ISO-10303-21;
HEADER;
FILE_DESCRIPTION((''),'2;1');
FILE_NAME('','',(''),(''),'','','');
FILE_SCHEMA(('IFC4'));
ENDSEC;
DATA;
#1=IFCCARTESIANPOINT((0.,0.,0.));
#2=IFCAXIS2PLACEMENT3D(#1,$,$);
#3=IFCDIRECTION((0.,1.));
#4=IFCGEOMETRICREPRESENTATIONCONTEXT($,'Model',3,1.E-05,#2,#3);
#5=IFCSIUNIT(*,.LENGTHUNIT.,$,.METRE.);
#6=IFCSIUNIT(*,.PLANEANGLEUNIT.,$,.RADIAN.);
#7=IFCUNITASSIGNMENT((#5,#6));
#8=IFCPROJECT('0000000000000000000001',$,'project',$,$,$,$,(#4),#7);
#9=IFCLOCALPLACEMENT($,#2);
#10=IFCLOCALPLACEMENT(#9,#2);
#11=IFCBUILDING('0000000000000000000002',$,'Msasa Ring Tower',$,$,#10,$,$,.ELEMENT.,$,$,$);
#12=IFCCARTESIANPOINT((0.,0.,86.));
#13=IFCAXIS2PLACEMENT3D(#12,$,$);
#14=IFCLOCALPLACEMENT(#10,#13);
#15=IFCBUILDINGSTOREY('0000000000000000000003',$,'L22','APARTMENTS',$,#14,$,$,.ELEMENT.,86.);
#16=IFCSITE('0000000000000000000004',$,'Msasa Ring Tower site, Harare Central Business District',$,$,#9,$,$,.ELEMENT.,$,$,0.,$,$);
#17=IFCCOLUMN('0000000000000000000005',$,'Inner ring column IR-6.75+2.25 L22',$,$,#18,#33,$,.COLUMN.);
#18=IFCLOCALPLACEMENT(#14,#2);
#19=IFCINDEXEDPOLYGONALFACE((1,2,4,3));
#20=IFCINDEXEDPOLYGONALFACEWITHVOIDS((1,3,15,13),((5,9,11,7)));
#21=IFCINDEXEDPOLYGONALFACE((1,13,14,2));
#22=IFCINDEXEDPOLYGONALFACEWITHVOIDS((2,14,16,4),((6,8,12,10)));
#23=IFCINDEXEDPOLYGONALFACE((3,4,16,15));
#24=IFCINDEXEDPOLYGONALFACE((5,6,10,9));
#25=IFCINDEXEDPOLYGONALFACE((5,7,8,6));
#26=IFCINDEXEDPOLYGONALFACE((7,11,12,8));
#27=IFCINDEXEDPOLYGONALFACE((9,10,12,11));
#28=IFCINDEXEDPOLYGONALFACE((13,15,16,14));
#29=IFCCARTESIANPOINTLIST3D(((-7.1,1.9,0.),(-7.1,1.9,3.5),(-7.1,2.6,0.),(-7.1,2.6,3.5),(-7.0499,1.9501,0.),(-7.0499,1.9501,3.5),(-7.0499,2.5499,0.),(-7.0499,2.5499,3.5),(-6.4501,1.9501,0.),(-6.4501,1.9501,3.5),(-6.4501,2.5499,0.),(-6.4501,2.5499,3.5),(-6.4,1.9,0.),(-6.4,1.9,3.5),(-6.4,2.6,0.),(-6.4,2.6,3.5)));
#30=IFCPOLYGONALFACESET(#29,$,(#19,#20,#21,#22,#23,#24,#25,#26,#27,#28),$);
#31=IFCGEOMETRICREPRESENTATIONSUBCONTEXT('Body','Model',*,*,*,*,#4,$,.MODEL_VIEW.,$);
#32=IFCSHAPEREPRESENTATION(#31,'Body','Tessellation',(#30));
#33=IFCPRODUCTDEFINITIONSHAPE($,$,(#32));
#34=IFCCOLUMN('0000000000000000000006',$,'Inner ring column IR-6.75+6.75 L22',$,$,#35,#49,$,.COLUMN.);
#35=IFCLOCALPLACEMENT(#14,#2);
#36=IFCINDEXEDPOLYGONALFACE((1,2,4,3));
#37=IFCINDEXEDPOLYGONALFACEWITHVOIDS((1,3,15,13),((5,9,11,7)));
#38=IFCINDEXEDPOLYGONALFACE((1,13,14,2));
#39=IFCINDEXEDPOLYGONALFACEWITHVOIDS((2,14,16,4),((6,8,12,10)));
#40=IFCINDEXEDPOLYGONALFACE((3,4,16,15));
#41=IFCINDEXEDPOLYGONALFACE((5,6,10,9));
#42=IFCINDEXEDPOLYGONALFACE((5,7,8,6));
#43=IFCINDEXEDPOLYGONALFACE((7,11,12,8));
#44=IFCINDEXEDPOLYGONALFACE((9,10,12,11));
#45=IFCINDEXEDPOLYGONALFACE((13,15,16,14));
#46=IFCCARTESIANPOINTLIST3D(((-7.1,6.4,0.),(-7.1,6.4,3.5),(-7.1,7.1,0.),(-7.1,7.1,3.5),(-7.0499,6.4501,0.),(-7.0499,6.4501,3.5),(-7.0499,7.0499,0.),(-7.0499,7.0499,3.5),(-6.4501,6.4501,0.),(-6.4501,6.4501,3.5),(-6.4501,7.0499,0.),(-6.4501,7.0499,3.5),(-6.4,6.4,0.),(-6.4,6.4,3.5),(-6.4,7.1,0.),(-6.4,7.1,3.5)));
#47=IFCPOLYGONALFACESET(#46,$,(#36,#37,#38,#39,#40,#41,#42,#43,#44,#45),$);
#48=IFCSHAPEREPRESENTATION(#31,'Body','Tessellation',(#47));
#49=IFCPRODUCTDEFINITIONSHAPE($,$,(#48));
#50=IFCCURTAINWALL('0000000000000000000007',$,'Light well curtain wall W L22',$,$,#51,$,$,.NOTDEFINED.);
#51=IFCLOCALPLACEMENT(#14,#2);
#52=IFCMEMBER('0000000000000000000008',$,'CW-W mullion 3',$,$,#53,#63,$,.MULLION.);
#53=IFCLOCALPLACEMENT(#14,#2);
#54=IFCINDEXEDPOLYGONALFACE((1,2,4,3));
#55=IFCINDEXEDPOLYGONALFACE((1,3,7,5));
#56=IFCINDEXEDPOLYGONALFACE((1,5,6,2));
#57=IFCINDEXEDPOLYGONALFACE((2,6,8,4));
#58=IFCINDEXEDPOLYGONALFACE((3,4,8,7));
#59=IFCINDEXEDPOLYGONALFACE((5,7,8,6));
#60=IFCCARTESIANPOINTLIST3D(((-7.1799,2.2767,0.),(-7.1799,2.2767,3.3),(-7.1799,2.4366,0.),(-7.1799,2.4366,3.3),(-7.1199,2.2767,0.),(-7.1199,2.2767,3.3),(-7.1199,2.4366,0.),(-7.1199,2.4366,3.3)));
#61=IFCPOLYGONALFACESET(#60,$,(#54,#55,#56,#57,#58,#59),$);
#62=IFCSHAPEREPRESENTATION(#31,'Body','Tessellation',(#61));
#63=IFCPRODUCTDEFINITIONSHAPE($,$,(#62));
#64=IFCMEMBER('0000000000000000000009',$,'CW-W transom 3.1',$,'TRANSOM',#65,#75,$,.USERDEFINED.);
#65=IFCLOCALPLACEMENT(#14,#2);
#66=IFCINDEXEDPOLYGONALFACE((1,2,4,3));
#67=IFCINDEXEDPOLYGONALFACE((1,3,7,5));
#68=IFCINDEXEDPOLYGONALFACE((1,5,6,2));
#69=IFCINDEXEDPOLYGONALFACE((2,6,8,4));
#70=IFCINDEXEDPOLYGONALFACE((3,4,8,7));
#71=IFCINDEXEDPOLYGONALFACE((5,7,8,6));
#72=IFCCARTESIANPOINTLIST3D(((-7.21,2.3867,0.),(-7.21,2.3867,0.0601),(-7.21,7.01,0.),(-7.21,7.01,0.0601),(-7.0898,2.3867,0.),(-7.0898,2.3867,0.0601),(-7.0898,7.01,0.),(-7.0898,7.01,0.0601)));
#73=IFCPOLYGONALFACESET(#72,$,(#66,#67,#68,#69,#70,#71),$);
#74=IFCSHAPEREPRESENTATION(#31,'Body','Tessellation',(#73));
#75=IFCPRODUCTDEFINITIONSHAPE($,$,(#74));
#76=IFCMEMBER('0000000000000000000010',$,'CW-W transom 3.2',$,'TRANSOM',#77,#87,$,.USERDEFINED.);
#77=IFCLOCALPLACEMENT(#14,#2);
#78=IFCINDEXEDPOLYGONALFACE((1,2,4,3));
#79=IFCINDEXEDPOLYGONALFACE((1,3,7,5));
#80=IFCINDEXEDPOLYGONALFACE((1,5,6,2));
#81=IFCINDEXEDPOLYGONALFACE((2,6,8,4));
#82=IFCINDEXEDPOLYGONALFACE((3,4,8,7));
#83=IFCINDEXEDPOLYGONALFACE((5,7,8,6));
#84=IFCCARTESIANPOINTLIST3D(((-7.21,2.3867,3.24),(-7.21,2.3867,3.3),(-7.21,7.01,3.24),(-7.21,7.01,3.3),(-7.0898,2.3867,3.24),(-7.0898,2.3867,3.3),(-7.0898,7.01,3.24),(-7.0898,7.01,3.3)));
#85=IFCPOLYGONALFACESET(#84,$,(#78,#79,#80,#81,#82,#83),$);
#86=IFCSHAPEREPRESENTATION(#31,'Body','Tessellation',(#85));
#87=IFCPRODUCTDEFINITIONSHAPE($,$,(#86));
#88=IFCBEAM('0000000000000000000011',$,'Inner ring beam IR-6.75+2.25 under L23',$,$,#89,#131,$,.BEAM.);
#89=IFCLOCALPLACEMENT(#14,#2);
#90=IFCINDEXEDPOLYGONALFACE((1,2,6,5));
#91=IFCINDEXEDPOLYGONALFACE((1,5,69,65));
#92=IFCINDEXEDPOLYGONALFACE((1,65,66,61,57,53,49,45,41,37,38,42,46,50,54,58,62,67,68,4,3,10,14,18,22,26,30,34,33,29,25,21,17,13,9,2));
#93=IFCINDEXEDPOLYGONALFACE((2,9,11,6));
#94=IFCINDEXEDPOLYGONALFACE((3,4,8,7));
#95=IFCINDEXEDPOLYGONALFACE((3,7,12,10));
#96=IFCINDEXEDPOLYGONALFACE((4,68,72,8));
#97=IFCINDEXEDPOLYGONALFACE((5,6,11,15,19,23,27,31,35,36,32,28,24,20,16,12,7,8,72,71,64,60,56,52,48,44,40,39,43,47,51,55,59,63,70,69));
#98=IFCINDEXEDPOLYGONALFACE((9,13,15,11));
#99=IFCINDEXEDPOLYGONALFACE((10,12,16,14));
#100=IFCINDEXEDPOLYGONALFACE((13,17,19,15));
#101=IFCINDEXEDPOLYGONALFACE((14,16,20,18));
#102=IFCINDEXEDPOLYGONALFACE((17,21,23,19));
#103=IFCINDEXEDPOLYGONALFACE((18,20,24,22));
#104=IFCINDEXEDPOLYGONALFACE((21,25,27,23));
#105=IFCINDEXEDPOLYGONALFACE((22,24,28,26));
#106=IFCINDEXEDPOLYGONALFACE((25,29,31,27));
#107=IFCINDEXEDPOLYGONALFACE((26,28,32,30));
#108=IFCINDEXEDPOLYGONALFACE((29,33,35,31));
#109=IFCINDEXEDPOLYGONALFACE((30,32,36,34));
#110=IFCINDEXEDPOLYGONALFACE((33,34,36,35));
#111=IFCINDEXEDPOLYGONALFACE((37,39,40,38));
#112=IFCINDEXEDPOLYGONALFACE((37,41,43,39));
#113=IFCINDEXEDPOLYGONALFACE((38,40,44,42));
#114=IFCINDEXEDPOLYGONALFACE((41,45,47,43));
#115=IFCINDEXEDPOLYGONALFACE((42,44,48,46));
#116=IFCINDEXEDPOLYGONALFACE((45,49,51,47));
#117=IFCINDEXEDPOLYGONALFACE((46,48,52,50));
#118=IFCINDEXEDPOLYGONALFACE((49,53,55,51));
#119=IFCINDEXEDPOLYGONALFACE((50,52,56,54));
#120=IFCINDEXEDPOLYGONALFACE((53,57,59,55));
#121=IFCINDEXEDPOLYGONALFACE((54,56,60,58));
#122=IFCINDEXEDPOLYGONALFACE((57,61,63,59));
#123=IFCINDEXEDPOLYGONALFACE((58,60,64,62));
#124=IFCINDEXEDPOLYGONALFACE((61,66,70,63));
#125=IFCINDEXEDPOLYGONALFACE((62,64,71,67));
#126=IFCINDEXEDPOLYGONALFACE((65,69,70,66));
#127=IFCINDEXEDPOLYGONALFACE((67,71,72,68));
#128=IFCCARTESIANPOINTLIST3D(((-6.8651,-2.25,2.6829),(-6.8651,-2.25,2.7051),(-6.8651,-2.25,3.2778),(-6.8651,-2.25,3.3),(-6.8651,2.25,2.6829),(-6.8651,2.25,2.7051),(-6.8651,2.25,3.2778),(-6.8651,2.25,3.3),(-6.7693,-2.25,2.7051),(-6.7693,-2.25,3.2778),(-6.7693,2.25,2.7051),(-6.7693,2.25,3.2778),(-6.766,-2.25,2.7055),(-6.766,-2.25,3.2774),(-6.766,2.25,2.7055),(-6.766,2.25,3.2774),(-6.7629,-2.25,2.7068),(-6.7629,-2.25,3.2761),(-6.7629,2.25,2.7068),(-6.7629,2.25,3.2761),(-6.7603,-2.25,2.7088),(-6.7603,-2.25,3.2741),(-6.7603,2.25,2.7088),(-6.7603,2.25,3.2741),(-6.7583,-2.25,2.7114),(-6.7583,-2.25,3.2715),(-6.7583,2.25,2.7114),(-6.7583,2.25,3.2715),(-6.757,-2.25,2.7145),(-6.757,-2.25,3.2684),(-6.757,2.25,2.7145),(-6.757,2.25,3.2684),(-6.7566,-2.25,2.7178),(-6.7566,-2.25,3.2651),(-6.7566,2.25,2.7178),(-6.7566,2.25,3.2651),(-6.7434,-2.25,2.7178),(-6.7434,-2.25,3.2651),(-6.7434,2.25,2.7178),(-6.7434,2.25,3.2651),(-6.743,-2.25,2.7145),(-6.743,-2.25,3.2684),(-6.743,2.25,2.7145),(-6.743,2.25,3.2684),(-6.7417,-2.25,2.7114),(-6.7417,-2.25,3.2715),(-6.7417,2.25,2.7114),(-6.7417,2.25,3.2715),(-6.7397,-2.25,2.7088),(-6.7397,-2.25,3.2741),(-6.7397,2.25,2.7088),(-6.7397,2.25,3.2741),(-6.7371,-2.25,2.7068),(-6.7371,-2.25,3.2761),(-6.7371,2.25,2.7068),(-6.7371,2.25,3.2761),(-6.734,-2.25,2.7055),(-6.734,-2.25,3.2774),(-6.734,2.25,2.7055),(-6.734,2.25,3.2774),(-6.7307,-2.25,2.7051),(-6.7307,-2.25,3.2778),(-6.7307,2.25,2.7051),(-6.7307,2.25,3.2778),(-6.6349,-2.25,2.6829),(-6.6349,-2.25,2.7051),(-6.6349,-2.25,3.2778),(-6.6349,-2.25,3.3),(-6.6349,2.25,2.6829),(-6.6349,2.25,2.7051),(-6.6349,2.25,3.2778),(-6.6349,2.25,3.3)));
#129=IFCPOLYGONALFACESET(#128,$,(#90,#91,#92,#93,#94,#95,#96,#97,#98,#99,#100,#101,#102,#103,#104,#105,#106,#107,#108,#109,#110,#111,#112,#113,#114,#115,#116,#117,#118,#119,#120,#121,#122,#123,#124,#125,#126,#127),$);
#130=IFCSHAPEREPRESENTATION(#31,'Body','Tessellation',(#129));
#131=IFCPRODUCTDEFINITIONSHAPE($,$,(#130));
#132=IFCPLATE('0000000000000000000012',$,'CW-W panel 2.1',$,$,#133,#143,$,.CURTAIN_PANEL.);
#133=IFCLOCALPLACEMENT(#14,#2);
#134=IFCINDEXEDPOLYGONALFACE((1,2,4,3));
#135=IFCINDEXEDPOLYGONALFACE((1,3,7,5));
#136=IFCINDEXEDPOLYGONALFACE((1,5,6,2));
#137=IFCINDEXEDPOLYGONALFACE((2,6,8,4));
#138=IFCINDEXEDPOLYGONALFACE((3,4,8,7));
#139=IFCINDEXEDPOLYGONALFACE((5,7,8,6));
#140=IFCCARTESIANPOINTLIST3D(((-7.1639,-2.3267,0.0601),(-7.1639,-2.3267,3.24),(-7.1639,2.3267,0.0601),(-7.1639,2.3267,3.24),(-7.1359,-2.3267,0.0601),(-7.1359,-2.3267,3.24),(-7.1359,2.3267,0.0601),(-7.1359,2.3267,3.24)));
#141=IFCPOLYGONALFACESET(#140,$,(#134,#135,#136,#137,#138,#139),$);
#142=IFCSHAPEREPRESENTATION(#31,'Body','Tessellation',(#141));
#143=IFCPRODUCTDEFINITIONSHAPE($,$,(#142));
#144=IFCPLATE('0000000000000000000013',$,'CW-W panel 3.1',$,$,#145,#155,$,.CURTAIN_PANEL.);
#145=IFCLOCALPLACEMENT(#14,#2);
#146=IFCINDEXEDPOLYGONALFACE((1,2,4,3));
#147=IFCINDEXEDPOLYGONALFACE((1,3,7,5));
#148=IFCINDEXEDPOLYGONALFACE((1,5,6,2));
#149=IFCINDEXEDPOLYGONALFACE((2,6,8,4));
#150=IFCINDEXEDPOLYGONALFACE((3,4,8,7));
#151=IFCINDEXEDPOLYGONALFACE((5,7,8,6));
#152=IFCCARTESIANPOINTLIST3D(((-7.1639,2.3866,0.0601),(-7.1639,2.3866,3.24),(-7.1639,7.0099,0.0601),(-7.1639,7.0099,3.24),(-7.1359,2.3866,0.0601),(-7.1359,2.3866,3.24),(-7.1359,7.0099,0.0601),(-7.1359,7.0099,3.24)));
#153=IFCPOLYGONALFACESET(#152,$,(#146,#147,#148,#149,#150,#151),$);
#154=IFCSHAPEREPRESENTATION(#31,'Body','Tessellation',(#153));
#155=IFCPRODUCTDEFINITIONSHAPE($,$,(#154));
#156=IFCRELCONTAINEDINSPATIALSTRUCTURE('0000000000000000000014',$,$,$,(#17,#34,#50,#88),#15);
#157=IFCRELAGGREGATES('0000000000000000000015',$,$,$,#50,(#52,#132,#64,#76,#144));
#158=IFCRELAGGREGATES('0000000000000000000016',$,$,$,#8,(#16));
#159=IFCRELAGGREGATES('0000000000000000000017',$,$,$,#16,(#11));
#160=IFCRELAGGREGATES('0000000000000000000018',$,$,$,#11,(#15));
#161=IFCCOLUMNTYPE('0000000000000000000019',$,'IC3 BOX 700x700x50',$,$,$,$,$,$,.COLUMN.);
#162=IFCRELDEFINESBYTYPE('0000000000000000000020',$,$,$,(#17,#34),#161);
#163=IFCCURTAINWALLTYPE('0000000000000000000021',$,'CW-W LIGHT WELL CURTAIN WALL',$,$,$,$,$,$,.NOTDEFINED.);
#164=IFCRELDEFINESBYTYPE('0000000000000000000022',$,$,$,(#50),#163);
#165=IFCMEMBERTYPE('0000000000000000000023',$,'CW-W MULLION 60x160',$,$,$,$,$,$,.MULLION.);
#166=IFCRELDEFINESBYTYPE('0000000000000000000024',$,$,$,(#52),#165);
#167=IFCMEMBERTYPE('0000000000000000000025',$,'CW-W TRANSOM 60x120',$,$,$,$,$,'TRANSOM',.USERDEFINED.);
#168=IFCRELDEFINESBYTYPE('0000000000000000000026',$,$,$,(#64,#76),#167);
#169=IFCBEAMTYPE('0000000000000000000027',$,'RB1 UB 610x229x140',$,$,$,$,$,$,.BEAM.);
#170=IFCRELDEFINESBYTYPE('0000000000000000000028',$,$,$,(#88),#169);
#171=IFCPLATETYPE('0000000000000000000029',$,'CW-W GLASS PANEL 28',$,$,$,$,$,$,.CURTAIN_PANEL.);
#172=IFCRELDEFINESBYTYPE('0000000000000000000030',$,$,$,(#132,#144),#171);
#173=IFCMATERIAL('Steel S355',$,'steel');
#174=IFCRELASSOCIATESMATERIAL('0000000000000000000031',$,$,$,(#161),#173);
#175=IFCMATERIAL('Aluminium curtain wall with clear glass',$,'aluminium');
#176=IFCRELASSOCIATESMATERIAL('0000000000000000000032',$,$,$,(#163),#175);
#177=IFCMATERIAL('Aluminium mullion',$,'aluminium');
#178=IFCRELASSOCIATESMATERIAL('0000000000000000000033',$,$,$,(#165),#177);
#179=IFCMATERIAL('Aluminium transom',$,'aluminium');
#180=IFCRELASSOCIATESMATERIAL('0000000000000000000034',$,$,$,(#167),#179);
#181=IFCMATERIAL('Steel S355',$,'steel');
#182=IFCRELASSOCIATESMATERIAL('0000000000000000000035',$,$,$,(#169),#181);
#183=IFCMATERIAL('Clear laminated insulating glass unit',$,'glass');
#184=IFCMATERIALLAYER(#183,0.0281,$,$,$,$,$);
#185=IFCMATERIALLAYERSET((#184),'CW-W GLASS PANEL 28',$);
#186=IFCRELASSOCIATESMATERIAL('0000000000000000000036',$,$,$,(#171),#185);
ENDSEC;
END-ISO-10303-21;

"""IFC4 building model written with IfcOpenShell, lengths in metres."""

from ifc_helpers import new_model, si_unit, direction, frame, origin, origin_2d, place, context, subcontext, project, spatial, rectangle, hollow_rectangle, i_section, extrude, material, layer, layer_set, material_profile, profile_set, type_object, element, aggregate, save


model = new_model("IFC4")

# Units and contexts
model_context = context("Model", 3, precision=1e-05, world=origin(), true_north=direction((0.0, 1.0)))
body_context = subcontext(model_context, "Body", "Model", "MODEL_VIEW")
ifc_project = project(units=[si_unit("LENGTHUNIT", "METRE"), si_unit("PLANEANGLEUNIT", "RADIAN")], contexts=[model_context])

# Site, building, storey
site_placement = place(None, origin())
site = spatial("IfcSite", under=ifc_project, at=site_placement, Name="Msasa Ring Tower site, Harare Central Business District", CompositionType="ELEMENT", RefElevation=0.0)
building_placement = place(site_placement, origin())
building = spatial("IfcBuilding", under=site, at=building_placement, Name="Msasa Ring Tower", CompositionType="ELEMENT")
storey_placement = place(building_placement, frame((0.0, 0.0, 86.0)))
storey = spatial("IfcBuildingStorey", under=building, at=storey_placement, Name="L22", Description="APARTMENTS", CompositionType="ELEMENT", Elevation=86.0)

# Columns
ifc_material_1 = material(Name="Steel S355", Category="steel")
ifc_material_profile_1 = material_profile(ifc_material_1, hollow_rectangle(XDim=0.7, YDim=0.7, WallThickness=0.05, at=origin_2d()), Name="BOX 700x700x50")
ifc_profile_set_1 = profile_set([ifc_material_profile_1], Name="Steel S355")
column_type = type_object("IfcColumnType", Name="IC3 BOX 700x700x50", PredefinedType="COLUMN", material=ifc_profile_set_1)
for number, where, z_axis, x_axis, name in (
    (1, (-6.75, 2.25, 0.0), (0.0, 0.0, 1.0), (1.0, 0.0, 0.0), "Inner ring column IR-6.75+2.25 L22"),
    (2, (-6.75, 6.75, 0.0), (0.0, 0.0, 1.0), (1.0, 0.0, 0.0), "Inner ring column IR-6.75+6.75 L22"),
):
    element("IfcColumn", number, at=place(storey_placement, frame(where, z_axis=z_axis, x_axis=x_axis)), inside=storey, type_object=column_type, Name=name, PredefinedType="COLUMN", context=body_context, shape_type="SweptSolid", body=[
        extrude(hollow_rectangle(XDim=0.7, YDim=0.7, WallThickness=0.05, at=origin_2d()), origin(), (0.0, 0.0, 1.0), 3.5),
    ])

# Curtain wall, members
ifc_material_2 = material(Name="Aluminium curtain wall with clear glass", Category="aluminium")
curtain_wall_type = type_object("IfcCurtainWallType", Name="CW-W LIGHT WELL CURTAIN WALL", PredefinedType="NOTDEFINED", material=ifc_material_2)
curtain_wall_placement = place(storey_placement, origin())
curtain_wall = element("IfcCurtainWall", 3, at=curtain_wall_placement, inside=storey, type_object=curtain_wall_type, Name="Light well curtain wall W L22", PredefinedType="NOTDEFINED")
ifc_material_3 = material(Name="Aluminium mullion", Category="aluminium")
ifc_material_profile_2 = material_profile(ifc_material_3, rectangle(XDim=0.0601, YDim=0.1599, at=origin_2d()), Name="AL 60x160")
ifc_profile_set_2 = profile_set([ifc_material_profile_2], Name="Aluminium mullion")
member_type_1 = type_object("IfcMemberType", Name="CW-W MULLION 60x160", PredefinedType="MULLION", material=ifc_profile_set_2)
member_1_placement = place(storey_placement, frame((-7.1499, 2.3567, 0.0), z_axis=(0.0, 0.0, 1.0), x_axis=(-1.0, 0.0, 0.0)))
member_1 = element("IfcMember", 4, at=member_1_placement, type_object=member_type_1, Name="CW-W mullion 3", PredefinedType="MULLION", context=body_context, shape_type="SweptSolid", body=[
    extrude(rectangle(XDim=0.0601, YDim=0.1599, at=origin_2d()), origin(), (0.0, 0.0, 1.0), 3.3),
])
ifc_material_4 = material(Name="Aluminium transom", Category="aluminium")
ifc_material_profile_3 = material_profile(ifc_material_4, rectangle(XDim=0.1201, YDim=0.0601, at=origin_2d()), Name="AL 60x120")
ifc_profile_set_3 = profile_set([ifc_material_profile_3], Name="Aluminium transom")
member_type_2 = type_object("IfcMemberType", Name="CW-W TRANSOM 60x120", ElementType="TRANSOM", PredefinedType="USERDEFINED", material=ifc_profile_set_3)
member_2_placement = place(storey_placement, frame((-7.1499, 2.3867, 0.03), z_axis=(0.0, 1.0, 0.0), x_axis=(-1.0, 0.0, 0.0)))
member_2 = element("IfcMember", 5, at=member_2_placement, type_object=member_type_2, Name="CW-W transom 3.1", ObjectType="TRANSOM", PredefinedType="USERDEFINED", context=body_context, shape_type="SweptSolid", body=[
    extrude(rectangle(XDim=0.1201, YDim=0.0601, at=origin_2d()), origin(), (0.0, 0.0, 1.0), 4.6233),
])
member_3_placement = place(storey_placement, frame((-7.1499, 2.3867, 3.27), z_axis=(0.0, 1.0, 0.0), x_axis=(-1.0, 0.0, 0.0)))
member_3 = element("IfcMember", 6, at=member_3_placement, type_object=member_type_2, Name="CW-W transom 3.2", ObjectType="TRANSOM", PredefinedType="USERDEFINED", context=body_context, shape_type="SweptSolid", body=[
    extrude(rectangle(XDim=0.1201, YDim=0.0601, at=origin_2d()), origin(), (0.0, 0.0, 1.0), 4.6233),
])

# Beam
ifc_material_5 = material(Name="Steel S355", Category="steel")
ifc_material_profile_4 = material_profile(ifc_material_5, i_section(OverallWidth=0.2302, OverallDepth=0.6172, WebThickness=0.0132, FlangeThickness=0.0222, FilletRadius=0.0127, at=origin_2d()), Name="UB 610x229x140")
ifc_profile_set_4 = profile_set([ifc_material_profile_4], Name="Steel S355")
beam_type = type_object("IfcBeamType", Name="RB1 UB 610x229x140", PredefinedType="BEAM", material=ifc_profile_set_4)
beam_placement = place(storey_placement, frame((-6.75, 2.25, 2.9915), z_axis=(0.0, -1.0, 0.0), x_axis=(1.0, 0.0, 0.0)))
element("IfcBeam", 7, at=beam_placement, inside=storey, type_object=beam_type, Name="Inner ring beam IR-6.75+2.25 under L23", PredefinedType="BEAM", context=body_context, shape_type="SweptSolid", body=[
    extrude(i_section(OverallWidth=0.2302, OverallDepth=0.6172, WebThickness=0.0132, FlangeThickness=0.0222, FilletRadius=0.0127, at=origin_2d()), origin(), (0.0, 0.0, 1.0), 4.5),
])

# Plates
ifc_material_6 = material(Name="Clear laminated insulating glass unit", Category="glass")
ifc_layer_1 = layer(ifc_material_6, 0.0281)
ifc_layer_set_1 = layer_set([ifc_layer_1], Name="CW-W GLASS PANEL 28")
plate_type = type_object("IfcPlateType", Name="CW-W GLASS PANEL 28", PredefinedType="CURTAIN_PANEL", material=ifc_layer_set_1)
plate_1_placement = place(storey_placement, frame((-7.1499, 0.0, 0.0601), z_axis=(0.0, 0.0, 1.0), x_axis=(0.0, 1.0, 0.0)))
plate_1 = element("IfcPlate", 8, at=plate_1_placement, type_object=plate_type, Name="CW-W panel 2.1", PredefinedType="CURTAIN_PANEL", context=body_context, shape_type="SweptSolid", body=[
    extrude(rectangle(XDim=4.6533, YDim=0.0281, at=origin_2d()), origin(), (0.0, 0.0, 1.0), 3.1799),
])
plate_2_placement = place(storey_placement, frame((-7.1499, 4.6982, 0.0601), z_axis=(0.0, 0.0, 1.0), x_axis=(0.0, 1.0, 0.0)))
plate_2 = element("IfcPlate", 9, at=plate_2_placement, type_object=plate_type, Name="CW-W panel 3.1", PredefinedType="CURTAIN_PANEL", context=body_context, shape_type="SweptSolid", body=[
    extrude(rectangle(XDim=4.6233, YDim=0.0281, at=origin_2d()), origin(), (0.0, 0.0, 1.0), 3.1799),
])
aggregate(curtain_wall, [member_1, plate_1, member_2, member_3, plate_2])

save(model, "model.ifc")
